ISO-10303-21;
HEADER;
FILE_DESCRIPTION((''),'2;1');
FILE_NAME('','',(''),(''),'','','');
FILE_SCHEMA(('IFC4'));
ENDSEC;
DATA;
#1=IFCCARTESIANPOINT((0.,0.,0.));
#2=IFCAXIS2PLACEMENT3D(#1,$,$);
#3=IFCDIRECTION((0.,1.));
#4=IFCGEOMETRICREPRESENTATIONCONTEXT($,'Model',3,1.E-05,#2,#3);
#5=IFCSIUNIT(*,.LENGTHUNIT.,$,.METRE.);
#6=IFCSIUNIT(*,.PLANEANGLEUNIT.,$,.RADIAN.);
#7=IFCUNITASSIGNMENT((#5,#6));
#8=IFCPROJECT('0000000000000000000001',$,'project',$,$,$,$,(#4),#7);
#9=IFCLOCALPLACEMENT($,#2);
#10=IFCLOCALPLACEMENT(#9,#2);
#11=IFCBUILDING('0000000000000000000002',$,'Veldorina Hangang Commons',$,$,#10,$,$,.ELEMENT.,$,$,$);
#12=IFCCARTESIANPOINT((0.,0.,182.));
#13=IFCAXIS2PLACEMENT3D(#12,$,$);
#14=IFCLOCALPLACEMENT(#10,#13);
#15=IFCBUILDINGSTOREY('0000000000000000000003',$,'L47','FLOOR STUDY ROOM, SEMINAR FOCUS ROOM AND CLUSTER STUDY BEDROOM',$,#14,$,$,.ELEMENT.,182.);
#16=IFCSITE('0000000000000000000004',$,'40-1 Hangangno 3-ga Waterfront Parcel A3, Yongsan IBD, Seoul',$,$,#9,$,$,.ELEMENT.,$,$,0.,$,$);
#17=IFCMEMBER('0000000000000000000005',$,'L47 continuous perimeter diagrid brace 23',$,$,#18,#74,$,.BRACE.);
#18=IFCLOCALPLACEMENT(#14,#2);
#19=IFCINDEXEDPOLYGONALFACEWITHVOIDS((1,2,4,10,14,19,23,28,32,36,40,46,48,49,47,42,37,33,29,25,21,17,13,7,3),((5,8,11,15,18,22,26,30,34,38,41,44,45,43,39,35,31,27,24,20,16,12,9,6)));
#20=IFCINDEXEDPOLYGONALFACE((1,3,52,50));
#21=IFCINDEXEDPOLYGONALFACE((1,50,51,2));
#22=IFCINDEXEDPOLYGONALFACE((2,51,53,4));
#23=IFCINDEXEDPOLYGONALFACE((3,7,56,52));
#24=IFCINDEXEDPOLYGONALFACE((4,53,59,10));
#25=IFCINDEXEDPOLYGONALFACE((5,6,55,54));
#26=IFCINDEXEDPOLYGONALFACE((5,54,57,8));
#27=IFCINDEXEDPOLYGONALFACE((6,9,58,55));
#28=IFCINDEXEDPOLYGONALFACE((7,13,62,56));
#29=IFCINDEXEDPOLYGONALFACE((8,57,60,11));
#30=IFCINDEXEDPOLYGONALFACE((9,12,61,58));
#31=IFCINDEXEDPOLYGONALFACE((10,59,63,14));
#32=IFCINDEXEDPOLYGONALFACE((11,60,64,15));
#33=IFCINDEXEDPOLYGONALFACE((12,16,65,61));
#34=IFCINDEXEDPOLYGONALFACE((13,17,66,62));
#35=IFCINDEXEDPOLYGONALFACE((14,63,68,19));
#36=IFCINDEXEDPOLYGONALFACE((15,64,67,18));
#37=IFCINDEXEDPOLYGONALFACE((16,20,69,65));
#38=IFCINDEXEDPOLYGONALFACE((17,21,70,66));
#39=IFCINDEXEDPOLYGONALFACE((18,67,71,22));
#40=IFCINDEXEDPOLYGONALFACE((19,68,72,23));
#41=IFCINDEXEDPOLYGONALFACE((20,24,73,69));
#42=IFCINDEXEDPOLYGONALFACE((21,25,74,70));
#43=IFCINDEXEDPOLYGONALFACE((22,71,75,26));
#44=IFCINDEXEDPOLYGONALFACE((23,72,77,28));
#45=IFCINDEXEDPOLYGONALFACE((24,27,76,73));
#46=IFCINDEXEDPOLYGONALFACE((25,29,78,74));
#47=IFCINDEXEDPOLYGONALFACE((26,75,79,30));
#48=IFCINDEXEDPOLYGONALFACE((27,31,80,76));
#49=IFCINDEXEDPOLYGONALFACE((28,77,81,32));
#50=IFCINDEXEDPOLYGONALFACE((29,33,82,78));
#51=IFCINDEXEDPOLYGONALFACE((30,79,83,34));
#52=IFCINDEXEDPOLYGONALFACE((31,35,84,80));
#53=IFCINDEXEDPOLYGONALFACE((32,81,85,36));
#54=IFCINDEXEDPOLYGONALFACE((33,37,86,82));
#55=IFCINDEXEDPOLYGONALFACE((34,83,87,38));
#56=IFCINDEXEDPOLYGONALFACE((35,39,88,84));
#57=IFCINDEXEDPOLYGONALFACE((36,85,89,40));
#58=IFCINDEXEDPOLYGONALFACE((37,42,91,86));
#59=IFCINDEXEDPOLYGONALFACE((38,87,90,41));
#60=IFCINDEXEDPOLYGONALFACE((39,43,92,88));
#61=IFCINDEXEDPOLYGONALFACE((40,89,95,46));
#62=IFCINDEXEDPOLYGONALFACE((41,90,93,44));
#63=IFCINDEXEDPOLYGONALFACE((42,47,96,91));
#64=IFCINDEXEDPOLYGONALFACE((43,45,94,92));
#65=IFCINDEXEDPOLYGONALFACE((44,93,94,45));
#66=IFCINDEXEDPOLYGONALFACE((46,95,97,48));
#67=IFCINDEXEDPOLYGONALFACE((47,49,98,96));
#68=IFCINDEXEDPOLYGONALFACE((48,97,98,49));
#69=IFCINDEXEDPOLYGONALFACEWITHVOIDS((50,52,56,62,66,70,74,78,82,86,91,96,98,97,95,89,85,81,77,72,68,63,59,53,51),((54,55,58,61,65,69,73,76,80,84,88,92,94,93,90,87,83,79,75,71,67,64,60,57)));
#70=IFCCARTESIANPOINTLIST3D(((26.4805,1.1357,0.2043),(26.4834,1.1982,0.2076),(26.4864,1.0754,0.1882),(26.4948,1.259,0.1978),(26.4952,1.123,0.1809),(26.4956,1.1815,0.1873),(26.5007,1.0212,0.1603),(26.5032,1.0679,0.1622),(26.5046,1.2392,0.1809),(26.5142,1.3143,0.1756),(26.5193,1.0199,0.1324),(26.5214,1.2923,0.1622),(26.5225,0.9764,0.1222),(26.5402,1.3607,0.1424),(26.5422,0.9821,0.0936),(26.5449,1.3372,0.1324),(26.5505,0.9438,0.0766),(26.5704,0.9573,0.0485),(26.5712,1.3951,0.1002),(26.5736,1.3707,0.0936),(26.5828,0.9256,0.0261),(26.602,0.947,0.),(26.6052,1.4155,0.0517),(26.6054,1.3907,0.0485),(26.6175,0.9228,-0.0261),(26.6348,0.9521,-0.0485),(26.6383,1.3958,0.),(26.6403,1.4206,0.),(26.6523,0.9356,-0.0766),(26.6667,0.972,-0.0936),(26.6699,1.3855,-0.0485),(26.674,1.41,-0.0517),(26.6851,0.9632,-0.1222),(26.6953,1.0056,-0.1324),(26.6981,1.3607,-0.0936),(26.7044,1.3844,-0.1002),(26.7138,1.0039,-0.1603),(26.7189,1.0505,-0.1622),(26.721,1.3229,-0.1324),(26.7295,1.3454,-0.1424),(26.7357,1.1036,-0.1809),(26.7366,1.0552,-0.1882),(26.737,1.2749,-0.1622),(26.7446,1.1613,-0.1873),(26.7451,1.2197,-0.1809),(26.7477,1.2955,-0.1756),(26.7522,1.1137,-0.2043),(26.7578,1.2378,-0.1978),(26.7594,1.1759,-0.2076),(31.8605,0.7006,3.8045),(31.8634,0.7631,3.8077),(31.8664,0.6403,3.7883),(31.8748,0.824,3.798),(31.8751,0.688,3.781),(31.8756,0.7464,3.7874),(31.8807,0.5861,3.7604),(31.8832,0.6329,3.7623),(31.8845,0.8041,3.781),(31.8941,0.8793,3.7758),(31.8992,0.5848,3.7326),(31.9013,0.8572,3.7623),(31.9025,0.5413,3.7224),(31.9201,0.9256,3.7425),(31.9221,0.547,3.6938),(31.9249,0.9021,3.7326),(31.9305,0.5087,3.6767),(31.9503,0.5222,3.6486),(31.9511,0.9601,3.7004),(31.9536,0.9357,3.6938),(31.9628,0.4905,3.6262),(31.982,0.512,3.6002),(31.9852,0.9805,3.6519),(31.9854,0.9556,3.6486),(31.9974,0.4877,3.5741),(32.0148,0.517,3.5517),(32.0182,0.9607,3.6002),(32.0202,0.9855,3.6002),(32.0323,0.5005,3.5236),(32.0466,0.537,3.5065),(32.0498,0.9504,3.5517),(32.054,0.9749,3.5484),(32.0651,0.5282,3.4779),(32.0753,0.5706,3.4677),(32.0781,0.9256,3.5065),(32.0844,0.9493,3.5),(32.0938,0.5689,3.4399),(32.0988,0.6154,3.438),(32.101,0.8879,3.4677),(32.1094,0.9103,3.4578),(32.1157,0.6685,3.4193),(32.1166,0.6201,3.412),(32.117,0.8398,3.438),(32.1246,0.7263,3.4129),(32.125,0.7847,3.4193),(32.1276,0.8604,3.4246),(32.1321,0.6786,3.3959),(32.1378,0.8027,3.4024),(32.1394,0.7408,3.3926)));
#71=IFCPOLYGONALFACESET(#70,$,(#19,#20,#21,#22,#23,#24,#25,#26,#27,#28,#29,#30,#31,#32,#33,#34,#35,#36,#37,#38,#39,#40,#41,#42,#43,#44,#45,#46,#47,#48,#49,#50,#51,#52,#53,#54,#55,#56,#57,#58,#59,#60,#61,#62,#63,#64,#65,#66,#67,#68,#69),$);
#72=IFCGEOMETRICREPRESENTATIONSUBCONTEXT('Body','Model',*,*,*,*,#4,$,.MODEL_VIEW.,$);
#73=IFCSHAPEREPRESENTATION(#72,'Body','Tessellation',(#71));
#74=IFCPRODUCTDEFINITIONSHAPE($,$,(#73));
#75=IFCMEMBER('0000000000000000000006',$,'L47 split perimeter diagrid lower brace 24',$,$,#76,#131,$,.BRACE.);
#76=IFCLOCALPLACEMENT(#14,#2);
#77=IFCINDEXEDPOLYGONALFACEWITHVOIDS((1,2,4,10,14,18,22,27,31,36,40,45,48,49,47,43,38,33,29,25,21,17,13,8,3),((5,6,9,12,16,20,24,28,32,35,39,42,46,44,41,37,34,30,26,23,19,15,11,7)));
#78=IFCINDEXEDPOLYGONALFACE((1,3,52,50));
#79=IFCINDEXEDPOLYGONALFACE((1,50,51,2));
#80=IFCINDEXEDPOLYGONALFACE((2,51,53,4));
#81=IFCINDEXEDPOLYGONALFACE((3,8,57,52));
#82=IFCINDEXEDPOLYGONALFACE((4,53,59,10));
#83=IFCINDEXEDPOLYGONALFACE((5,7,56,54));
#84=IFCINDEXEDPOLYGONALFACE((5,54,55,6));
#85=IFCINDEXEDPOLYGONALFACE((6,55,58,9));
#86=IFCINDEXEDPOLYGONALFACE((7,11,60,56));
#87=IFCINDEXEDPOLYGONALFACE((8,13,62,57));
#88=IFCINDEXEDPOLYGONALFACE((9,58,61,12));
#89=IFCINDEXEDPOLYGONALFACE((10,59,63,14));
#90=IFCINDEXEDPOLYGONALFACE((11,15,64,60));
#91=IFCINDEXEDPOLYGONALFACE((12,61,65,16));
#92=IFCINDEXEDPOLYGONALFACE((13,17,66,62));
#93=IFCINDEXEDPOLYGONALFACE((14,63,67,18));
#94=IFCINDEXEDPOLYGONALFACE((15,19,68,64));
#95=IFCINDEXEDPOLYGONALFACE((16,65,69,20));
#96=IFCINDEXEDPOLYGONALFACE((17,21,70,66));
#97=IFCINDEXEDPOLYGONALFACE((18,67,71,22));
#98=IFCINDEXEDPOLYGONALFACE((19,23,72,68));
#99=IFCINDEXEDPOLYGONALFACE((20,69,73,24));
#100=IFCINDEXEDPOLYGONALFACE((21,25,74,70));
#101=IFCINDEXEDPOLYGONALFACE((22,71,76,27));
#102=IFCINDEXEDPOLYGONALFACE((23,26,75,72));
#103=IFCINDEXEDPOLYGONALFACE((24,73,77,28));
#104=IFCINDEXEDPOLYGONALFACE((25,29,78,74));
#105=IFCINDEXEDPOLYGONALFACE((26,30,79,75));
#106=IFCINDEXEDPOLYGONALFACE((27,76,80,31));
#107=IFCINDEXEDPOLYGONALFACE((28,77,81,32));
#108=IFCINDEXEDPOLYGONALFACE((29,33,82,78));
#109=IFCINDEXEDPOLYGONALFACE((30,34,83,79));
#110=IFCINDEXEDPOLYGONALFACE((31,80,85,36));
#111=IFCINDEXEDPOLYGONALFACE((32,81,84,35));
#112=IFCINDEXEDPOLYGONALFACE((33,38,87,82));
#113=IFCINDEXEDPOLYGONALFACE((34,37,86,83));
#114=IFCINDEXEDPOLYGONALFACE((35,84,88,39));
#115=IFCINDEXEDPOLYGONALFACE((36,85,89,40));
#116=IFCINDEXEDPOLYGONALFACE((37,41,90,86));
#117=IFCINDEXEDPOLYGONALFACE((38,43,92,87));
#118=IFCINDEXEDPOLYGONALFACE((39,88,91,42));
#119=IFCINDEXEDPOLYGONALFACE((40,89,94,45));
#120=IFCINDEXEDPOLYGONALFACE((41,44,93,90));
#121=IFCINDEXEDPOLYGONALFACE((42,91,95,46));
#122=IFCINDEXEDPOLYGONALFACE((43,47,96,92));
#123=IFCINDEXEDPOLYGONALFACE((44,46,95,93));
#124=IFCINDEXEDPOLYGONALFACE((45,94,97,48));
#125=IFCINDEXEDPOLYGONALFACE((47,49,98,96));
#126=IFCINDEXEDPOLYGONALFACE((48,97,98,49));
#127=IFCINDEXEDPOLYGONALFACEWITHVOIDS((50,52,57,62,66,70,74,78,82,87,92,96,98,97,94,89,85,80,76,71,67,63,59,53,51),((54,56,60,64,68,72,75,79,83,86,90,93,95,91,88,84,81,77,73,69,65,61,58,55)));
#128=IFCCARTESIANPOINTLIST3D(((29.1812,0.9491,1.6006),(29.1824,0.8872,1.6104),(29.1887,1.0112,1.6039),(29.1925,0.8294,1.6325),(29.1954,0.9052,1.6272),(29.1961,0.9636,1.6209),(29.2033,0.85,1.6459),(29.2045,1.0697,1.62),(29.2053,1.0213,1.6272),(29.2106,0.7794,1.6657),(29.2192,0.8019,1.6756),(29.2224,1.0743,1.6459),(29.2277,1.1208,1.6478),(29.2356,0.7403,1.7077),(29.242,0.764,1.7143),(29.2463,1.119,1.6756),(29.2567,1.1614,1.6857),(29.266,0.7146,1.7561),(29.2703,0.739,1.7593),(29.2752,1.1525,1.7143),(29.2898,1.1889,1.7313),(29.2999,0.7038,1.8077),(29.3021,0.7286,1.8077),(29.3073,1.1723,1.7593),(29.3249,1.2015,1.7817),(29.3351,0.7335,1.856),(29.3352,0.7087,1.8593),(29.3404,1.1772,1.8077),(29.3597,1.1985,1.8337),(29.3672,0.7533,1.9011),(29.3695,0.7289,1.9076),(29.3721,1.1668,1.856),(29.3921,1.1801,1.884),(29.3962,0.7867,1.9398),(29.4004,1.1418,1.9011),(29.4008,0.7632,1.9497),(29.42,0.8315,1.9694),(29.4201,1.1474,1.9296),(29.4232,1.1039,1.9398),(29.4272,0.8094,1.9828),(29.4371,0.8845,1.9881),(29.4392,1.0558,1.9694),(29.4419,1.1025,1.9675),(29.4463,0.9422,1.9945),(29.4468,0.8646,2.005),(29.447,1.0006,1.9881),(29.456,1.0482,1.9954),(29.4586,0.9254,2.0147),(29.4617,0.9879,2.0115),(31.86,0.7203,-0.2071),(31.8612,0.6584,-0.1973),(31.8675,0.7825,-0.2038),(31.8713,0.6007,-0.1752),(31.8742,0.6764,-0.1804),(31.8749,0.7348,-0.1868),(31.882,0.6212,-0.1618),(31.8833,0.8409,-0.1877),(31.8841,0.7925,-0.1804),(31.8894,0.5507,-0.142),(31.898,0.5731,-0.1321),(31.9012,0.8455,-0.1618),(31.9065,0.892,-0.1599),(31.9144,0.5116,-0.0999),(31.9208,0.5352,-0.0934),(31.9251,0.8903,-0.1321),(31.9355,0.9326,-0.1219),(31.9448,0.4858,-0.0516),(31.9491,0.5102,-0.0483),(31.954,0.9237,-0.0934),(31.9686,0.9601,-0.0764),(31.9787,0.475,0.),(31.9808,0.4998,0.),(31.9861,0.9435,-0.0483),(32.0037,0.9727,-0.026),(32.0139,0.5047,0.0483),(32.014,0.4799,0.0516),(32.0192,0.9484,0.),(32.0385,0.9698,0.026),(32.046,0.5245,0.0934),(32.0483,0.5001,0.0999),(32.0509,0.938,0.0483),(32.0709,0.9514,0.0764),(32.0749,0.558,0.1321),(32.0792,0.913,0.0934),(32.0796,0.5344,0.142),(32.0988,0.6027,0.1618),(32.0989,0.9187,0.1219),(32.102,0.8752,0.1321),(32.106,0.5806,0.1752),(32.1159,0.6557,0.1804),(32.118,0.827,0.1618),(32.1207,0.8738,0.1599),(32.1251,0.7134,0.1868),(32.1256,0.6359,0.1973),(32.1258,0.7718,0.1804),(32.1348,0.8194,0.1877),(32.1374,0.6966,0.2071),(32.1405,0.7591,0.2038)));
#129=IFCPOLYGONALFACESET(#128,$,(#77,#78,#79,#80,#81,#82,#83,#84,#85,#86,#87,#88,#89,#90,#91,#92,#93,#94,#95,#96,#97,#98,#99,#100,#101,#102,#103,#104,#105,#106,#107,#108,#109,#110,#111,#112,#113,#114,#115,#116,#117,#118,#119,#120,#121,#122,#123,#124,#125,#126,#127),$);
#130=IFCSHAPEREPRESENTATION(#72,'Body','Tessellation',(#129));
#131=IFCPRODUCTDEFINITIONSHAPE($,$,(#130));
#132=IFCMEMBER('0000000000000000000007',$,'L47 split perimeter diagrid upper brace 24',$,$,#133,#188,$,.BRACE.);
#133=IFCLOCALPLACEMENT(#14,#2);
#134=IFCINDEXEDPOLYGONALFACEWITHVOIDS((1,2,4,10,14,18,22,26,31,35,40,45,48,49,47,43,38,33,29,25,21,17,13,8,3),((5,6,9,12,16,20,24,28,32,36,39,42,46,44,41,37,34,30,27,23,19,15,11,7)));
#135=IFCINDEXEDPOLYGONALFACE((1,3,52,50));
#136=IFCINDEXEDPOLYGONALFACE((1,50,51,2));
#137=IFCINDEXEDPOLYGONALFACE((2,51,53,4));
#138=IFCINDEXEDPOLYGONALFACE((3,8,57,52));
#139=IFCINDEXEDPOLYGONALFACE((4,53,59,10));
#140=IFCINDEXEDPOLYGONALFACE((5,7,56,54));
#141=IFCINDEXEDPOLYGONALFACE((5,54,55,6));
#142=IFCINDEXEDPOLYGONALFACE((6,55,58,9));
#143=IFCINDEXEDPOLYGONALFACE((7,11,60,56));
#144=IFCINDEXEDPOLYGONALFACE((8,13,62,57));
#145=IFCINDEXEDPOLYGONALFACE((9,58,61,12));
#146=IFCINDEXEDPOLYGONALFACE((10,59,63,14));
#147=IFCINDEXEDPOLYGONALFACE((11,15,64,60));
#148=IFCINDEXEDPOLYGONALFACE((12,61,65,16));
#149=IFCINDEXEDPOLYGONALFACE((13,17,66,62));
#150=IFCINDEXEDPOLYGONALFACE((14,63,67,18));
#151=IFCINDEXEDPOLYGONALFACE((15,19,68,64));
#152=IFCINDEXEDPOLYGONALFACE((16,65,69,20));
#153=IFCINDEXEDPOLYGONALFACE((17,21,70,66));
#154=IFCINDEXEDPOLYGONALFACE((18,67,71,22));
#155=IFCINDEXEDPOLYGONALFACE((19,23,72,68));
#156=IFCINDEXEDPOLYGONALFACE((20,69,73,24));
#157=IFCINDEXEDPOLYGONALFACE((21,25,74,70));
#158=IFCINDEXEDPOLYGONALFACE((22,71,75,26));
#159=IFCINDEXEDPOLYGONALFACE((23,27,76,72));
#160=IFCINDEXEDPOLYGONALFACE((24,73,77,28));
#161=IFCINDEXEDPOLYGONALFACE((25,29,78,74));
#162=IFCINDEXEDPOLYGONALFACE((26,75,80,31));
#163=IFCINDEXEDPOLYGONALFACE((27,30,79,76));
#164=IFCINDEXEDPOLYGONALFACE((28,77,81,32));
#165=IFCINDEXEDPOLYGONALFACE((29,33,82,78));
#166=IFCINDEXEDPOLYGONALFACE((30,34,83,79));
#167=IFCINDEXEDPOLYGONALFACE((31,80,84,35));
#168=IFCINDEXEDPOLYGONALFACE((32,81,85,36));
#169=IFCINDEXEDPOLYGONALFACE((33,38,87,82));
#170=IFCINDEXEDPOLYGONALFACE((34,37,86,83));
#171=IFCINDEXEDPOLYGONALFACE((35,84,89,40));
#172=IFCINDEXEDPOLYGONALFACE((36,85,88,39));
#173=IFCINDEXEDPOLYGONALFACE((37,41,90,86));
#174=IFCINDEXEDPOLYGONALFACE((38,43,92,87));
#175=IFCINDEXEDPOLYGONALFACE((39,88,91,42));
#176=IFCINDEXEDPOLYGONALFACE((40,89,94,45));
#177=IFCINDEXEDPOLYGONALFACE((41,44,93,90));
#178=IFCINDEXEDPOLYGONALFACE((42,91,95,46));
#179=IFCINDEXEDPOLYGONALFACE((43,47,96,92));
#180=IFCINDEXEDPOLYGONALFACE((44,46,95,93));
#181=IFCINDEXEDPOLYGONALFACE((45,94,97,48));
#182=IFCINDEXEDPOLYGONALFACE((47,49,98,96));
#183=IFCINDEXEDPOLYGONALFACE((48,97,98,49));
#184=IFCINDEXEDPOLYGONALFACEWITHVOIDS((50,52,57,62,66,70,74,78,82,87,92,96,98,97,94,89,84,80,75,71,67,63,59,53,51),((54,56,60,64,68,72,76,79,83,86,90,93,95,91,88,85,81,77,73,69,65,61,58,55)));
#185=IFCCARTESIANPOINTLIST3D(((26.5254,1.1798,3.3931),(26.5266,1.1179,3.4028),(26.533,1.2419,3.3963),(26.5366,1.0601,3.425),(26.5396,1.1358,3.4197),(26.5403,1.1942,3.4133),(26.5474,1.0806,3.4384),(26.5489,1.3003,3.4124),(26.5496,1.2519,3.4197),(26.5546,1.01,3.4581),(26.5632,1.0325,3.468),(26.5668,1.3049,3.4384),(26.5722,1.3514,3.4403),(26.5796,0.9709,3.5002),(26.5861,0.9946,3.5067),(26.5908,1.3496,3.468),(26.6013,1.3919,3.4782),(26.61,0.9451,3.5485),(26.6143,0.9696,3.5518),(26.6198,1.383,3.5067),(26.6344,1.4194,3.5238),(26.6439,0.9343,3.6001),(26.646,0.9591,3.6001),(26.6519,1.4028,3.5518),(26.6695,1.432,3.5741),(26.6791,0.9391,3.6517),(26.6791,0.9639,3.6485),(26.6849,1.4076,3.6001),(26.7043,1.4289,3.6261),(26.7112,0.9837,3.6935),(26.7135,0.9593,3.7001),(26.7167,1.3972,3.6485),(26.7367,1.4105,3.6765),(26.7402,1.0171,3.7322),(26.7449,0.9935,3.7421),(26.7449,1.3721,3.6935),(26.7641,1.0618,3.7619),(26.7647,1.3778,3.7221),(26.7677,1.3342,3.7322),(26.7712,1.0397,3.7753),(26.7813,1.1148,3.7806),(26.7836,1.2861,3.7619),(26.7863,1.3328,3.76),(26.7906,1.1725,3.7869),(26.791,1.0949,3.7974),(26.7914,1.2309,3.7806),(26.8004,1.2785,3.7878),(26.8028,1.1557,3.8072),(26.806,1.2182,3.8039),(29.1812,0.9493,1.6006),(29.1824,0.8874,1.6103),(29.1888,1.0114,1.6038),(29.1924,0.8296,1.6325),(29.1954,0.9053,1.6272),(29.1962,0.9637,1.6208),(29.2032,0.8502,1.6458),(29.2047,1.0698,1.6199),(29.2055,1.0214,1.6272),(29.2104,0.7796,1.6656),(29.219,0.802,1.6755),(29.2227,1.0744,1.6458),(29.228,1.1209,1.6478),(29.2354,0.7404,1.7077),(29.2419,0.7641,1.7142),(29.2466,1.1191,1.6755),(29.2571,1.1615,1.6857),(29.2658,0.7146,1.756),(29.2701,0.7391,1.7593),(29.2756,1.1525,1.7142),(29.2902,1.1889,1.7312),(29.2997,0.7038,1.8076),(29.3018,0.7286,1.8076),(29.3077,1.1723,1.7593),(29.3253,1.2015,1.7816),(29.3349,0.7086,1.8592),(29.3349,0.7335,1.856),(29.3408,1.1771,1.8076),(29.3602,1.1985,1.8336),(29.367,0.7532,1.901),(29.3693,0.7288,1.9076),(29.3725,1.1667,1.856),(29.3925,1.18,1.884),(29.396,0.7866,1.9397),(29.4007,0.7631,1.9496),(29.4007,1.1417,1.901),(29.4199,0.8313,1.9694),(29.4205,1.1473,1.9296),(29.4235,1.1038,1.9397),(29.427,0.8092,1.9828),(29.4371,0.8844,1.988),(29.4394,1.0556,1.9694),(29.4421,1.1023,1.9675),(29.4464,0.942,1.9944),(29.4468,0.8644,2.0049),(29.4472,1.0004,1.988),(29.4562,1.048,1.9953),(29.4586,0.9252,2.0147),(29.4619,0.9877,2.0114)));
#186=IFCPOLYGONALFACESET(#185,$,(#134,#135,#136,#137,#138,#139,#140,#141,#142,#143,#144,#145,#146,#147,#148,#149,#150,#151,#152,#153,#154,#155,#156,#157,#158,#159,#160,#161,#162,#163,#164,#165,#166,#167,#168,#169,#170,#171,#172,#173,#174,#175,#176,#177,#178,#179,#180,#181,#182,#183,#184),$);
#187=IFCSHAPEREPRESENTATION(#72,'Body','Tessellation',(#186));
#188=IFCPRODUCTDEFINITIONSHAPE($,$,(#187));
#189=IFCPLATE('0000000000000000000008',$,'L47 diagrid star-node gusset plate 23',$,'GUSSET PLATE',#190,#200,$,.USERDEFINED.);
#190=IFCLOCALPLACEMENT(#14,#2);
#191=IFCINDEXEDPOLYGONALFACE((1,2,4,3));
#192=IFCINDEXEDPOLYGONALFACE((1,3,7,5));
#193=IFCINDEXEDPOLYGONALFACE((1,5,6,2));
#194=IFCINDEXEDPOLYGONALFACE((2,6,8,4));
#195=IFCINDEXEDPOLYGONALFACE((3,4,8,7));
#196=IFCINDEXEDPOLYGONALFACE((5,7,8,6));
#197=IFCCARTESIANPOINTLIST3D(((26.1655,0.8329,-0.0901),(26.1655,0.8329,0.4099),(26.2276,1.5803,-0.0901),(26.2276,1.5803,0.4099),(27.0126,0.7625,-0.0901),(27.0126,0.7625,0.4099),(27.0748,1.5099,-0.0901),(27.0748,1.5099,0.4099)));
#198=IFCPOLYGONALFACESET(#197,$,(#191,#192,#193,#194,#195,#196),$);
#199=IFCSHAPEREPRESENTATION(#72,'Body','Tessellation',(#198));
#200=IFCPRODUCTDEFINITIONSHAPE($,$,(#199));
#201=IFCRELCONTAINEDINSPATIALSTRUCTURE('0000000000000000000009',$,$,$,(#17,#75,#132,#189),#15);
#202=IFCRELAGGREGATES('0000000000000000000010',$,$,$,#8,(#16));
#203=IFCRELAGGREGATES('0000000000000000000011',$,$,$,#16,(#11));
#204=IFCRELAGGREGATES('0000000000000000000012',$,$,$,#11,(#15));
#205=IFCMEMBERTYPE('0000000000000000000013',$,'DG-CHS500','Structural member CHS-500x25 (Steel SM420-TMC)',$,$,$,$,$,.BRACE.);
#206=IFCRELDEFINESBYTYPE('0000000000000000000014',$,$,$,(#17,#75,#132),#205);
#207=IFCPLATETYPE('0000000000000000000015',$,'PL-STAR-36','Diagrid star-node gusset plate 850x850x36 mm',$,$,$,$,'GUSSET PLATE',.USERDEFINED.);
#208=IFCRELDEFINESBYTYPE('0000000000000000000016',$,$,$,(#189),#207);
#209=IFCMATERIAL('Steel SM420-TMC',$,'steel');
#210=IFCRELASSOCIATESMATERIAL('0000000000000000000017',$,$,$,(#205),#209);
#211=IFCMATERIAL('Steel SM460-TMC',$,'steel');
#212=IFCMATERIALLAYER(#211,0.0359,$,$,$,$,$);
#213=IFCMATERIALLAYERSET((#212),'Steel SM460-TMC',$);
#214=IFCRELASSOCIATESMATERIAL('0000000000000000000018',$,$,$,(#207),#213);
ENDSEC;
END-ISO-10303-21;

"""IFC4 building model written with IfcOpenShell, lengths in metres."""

from ifc_helpers import new_model, si_unit, direction, frame, origin, origin_2d, place, context, subcontext, project, spatial, rectangle, hollow_circle, extrude, material, layer, layer_set, material_profile, profile_set, type_object, element, save


model = new_model("IFC4")

# Units and contexts
model_context = context("Model", 3, precision=1e-05, world=origin(), true_north=direction((0.0, 1.0)))
body_context = subcontext(model_context, "Body", "Model", "MODEL_VIEW")
ifc_project = project(units=[si_unit("LENGTHUNIT", "METRE"), si_unit("PLANEANGLEUNIT", "RADIAN")], contexts=[model_context])

# Site, building, storey
site_placement = place(None, origin())
site = spatial("IfcSite", under=ifc_project, at=site_placement, Name="40-1 Hangangno 3-ga Waterfront Parcel A3, Yongsan IBD, Seoul", CompositionType="ELEMENT", RefElevation=0.0)
building_placement = place(site_placement, origin())
building = spatial("IfcBuilding", under=site, at=building_placement, Name="Veldorina Hangang Commons", CompositionType="ELEMENT")
storey_placement = place(building_placement, frame((0.0, 0.0, 182.0)))
storey = spatial("IfcBuildingStorey", under=building, at=storey_placement, Name="L47", Description="FLOOR STUDY ROOM, SEMINAR FOCUS ROOM AND CLUSTER STUDY BEDROOM", CompositionType="ELEMENT", Elevation=182.0)

# Shared definitions
ifc_material_1 = material(Name="Steel SM420-TMC", Category="steel")

# Members
ifc_material_profile_1 = material_profile(ifc_material_1, hollow_circle(Radius=0.25, WallThickness=0.0249, at=origin_2d()), Name="CHS-500x25")
ifc_profile_set_1 = profile_set([ifc_material_profile_1], Name="Steel SM420-TMC")
member_type_1 = type_object("IfcMemberType", Name="DG-CHS500", Description="Structural member CHS-500x25 (Steel SM420-TMC)", PredefinedType="BRACE", material=ifc_profile_set_1)
member_1_placement = place(storey_placement, frame((26.6201, 1.1714, 0.0), z_axis=(0.829215, -0.067057, 0.554892), x_axis=(0.080605, 0.996746, 0.0)))
element("IfcMember", 1, at=member_1_placement, inside=storey, type_object=member_type_1, Name="L47 continuous perimeter diagrid brace 23", PredefinedType="BRACE", context=body_context, shape_type="SweptSolid", body=[
    extrude(hollow_circle(Radius=0.25, WallThickness=0.0249, at=origin_2d()), origin(), (0.0, 0.0, 1.0), 6.488),
])
member_2_placement = place(storey_placement, frame((32.0, 0.7241, 0.0), z_axis=(-0.826853, 0.070613, 0.557968), x_axis=(-0.085089, -0.996373, 0.0)))
element("IfcMember", 2, at=member_2_placement, inside=storey, type_object=member_type_1, Name="L47 split perimeter diagrid lower brace 24", PredefinedType="BRACE", context=body_context, shape_type="SweptSolid", body=[
    extrude(hollow_circle(Radius=0.25, WallThickness=0.0249, at=origin_2d()), origin(), (0.0, 0.0, 1.0), 3.2397),
])
member_3_placement = place(storey_placement, frame((29.3213, 0.9529, 1.8076), z_axis=(-0.826736, 0.071745, 0.557997), x_axis=(-0.086456, -0.996256, 0.0)))
element("IfcMember", 3, at=member_3_placement, inside=storey, type_object=member_type_1, Name="L47 split perimeter diagrid upper brace 24", PredefinedType="BRACE", context=body_context, shape_type="SweptSolid", body=[
    extrude(hollow_circle(Radius=0.25, WallThickness=0.0249, at=origin_2d()), origin(), (0.0, 0.0, 1.0), 3.2124),
])

# Plate
ifc_material_2 = material(Name="Steel SM460-TMC", Category="steel")
ifc_layer_1 = layer(ifc_material_2, 0.0359)
ifc_layer_set_1 = layer_set([ifc_layer_1], Name="Steel SM460-TMC")
plate_type = type_object("IfcPlateType", Name="PL-STAR-36", Description="Diagrid star-node gusset plate 850x850x36 mm", ElementType="GUSSET PLATE", PredefinedType="USERDEFINED", material=ifc_layer_set_1)
plate_1_placement = place(storey_placement, frame((26.6201, 1.1714, -0.0901), z_axis=(0.0, 0.0, 1.0), x_axis=(0.996563, -0.082843, 0.0)))
element("IfcPlate", 4, at=plate_1_placement, inside=storey, type_object=plate_type, Name="L47 diagrid star-node gusset plate 23", ObjectType="GUSSET PLATE", PredefinedType="USERDEFINED", context=body_context, shape_type="SweptSolid", body=[
    extrude(rectangle(XDim=0.8501, YDim=0.75, at=origin_2d()), origin(), (0.0, 0.0, 1.0), 0.5),
])

save(model, "model.ifc")
